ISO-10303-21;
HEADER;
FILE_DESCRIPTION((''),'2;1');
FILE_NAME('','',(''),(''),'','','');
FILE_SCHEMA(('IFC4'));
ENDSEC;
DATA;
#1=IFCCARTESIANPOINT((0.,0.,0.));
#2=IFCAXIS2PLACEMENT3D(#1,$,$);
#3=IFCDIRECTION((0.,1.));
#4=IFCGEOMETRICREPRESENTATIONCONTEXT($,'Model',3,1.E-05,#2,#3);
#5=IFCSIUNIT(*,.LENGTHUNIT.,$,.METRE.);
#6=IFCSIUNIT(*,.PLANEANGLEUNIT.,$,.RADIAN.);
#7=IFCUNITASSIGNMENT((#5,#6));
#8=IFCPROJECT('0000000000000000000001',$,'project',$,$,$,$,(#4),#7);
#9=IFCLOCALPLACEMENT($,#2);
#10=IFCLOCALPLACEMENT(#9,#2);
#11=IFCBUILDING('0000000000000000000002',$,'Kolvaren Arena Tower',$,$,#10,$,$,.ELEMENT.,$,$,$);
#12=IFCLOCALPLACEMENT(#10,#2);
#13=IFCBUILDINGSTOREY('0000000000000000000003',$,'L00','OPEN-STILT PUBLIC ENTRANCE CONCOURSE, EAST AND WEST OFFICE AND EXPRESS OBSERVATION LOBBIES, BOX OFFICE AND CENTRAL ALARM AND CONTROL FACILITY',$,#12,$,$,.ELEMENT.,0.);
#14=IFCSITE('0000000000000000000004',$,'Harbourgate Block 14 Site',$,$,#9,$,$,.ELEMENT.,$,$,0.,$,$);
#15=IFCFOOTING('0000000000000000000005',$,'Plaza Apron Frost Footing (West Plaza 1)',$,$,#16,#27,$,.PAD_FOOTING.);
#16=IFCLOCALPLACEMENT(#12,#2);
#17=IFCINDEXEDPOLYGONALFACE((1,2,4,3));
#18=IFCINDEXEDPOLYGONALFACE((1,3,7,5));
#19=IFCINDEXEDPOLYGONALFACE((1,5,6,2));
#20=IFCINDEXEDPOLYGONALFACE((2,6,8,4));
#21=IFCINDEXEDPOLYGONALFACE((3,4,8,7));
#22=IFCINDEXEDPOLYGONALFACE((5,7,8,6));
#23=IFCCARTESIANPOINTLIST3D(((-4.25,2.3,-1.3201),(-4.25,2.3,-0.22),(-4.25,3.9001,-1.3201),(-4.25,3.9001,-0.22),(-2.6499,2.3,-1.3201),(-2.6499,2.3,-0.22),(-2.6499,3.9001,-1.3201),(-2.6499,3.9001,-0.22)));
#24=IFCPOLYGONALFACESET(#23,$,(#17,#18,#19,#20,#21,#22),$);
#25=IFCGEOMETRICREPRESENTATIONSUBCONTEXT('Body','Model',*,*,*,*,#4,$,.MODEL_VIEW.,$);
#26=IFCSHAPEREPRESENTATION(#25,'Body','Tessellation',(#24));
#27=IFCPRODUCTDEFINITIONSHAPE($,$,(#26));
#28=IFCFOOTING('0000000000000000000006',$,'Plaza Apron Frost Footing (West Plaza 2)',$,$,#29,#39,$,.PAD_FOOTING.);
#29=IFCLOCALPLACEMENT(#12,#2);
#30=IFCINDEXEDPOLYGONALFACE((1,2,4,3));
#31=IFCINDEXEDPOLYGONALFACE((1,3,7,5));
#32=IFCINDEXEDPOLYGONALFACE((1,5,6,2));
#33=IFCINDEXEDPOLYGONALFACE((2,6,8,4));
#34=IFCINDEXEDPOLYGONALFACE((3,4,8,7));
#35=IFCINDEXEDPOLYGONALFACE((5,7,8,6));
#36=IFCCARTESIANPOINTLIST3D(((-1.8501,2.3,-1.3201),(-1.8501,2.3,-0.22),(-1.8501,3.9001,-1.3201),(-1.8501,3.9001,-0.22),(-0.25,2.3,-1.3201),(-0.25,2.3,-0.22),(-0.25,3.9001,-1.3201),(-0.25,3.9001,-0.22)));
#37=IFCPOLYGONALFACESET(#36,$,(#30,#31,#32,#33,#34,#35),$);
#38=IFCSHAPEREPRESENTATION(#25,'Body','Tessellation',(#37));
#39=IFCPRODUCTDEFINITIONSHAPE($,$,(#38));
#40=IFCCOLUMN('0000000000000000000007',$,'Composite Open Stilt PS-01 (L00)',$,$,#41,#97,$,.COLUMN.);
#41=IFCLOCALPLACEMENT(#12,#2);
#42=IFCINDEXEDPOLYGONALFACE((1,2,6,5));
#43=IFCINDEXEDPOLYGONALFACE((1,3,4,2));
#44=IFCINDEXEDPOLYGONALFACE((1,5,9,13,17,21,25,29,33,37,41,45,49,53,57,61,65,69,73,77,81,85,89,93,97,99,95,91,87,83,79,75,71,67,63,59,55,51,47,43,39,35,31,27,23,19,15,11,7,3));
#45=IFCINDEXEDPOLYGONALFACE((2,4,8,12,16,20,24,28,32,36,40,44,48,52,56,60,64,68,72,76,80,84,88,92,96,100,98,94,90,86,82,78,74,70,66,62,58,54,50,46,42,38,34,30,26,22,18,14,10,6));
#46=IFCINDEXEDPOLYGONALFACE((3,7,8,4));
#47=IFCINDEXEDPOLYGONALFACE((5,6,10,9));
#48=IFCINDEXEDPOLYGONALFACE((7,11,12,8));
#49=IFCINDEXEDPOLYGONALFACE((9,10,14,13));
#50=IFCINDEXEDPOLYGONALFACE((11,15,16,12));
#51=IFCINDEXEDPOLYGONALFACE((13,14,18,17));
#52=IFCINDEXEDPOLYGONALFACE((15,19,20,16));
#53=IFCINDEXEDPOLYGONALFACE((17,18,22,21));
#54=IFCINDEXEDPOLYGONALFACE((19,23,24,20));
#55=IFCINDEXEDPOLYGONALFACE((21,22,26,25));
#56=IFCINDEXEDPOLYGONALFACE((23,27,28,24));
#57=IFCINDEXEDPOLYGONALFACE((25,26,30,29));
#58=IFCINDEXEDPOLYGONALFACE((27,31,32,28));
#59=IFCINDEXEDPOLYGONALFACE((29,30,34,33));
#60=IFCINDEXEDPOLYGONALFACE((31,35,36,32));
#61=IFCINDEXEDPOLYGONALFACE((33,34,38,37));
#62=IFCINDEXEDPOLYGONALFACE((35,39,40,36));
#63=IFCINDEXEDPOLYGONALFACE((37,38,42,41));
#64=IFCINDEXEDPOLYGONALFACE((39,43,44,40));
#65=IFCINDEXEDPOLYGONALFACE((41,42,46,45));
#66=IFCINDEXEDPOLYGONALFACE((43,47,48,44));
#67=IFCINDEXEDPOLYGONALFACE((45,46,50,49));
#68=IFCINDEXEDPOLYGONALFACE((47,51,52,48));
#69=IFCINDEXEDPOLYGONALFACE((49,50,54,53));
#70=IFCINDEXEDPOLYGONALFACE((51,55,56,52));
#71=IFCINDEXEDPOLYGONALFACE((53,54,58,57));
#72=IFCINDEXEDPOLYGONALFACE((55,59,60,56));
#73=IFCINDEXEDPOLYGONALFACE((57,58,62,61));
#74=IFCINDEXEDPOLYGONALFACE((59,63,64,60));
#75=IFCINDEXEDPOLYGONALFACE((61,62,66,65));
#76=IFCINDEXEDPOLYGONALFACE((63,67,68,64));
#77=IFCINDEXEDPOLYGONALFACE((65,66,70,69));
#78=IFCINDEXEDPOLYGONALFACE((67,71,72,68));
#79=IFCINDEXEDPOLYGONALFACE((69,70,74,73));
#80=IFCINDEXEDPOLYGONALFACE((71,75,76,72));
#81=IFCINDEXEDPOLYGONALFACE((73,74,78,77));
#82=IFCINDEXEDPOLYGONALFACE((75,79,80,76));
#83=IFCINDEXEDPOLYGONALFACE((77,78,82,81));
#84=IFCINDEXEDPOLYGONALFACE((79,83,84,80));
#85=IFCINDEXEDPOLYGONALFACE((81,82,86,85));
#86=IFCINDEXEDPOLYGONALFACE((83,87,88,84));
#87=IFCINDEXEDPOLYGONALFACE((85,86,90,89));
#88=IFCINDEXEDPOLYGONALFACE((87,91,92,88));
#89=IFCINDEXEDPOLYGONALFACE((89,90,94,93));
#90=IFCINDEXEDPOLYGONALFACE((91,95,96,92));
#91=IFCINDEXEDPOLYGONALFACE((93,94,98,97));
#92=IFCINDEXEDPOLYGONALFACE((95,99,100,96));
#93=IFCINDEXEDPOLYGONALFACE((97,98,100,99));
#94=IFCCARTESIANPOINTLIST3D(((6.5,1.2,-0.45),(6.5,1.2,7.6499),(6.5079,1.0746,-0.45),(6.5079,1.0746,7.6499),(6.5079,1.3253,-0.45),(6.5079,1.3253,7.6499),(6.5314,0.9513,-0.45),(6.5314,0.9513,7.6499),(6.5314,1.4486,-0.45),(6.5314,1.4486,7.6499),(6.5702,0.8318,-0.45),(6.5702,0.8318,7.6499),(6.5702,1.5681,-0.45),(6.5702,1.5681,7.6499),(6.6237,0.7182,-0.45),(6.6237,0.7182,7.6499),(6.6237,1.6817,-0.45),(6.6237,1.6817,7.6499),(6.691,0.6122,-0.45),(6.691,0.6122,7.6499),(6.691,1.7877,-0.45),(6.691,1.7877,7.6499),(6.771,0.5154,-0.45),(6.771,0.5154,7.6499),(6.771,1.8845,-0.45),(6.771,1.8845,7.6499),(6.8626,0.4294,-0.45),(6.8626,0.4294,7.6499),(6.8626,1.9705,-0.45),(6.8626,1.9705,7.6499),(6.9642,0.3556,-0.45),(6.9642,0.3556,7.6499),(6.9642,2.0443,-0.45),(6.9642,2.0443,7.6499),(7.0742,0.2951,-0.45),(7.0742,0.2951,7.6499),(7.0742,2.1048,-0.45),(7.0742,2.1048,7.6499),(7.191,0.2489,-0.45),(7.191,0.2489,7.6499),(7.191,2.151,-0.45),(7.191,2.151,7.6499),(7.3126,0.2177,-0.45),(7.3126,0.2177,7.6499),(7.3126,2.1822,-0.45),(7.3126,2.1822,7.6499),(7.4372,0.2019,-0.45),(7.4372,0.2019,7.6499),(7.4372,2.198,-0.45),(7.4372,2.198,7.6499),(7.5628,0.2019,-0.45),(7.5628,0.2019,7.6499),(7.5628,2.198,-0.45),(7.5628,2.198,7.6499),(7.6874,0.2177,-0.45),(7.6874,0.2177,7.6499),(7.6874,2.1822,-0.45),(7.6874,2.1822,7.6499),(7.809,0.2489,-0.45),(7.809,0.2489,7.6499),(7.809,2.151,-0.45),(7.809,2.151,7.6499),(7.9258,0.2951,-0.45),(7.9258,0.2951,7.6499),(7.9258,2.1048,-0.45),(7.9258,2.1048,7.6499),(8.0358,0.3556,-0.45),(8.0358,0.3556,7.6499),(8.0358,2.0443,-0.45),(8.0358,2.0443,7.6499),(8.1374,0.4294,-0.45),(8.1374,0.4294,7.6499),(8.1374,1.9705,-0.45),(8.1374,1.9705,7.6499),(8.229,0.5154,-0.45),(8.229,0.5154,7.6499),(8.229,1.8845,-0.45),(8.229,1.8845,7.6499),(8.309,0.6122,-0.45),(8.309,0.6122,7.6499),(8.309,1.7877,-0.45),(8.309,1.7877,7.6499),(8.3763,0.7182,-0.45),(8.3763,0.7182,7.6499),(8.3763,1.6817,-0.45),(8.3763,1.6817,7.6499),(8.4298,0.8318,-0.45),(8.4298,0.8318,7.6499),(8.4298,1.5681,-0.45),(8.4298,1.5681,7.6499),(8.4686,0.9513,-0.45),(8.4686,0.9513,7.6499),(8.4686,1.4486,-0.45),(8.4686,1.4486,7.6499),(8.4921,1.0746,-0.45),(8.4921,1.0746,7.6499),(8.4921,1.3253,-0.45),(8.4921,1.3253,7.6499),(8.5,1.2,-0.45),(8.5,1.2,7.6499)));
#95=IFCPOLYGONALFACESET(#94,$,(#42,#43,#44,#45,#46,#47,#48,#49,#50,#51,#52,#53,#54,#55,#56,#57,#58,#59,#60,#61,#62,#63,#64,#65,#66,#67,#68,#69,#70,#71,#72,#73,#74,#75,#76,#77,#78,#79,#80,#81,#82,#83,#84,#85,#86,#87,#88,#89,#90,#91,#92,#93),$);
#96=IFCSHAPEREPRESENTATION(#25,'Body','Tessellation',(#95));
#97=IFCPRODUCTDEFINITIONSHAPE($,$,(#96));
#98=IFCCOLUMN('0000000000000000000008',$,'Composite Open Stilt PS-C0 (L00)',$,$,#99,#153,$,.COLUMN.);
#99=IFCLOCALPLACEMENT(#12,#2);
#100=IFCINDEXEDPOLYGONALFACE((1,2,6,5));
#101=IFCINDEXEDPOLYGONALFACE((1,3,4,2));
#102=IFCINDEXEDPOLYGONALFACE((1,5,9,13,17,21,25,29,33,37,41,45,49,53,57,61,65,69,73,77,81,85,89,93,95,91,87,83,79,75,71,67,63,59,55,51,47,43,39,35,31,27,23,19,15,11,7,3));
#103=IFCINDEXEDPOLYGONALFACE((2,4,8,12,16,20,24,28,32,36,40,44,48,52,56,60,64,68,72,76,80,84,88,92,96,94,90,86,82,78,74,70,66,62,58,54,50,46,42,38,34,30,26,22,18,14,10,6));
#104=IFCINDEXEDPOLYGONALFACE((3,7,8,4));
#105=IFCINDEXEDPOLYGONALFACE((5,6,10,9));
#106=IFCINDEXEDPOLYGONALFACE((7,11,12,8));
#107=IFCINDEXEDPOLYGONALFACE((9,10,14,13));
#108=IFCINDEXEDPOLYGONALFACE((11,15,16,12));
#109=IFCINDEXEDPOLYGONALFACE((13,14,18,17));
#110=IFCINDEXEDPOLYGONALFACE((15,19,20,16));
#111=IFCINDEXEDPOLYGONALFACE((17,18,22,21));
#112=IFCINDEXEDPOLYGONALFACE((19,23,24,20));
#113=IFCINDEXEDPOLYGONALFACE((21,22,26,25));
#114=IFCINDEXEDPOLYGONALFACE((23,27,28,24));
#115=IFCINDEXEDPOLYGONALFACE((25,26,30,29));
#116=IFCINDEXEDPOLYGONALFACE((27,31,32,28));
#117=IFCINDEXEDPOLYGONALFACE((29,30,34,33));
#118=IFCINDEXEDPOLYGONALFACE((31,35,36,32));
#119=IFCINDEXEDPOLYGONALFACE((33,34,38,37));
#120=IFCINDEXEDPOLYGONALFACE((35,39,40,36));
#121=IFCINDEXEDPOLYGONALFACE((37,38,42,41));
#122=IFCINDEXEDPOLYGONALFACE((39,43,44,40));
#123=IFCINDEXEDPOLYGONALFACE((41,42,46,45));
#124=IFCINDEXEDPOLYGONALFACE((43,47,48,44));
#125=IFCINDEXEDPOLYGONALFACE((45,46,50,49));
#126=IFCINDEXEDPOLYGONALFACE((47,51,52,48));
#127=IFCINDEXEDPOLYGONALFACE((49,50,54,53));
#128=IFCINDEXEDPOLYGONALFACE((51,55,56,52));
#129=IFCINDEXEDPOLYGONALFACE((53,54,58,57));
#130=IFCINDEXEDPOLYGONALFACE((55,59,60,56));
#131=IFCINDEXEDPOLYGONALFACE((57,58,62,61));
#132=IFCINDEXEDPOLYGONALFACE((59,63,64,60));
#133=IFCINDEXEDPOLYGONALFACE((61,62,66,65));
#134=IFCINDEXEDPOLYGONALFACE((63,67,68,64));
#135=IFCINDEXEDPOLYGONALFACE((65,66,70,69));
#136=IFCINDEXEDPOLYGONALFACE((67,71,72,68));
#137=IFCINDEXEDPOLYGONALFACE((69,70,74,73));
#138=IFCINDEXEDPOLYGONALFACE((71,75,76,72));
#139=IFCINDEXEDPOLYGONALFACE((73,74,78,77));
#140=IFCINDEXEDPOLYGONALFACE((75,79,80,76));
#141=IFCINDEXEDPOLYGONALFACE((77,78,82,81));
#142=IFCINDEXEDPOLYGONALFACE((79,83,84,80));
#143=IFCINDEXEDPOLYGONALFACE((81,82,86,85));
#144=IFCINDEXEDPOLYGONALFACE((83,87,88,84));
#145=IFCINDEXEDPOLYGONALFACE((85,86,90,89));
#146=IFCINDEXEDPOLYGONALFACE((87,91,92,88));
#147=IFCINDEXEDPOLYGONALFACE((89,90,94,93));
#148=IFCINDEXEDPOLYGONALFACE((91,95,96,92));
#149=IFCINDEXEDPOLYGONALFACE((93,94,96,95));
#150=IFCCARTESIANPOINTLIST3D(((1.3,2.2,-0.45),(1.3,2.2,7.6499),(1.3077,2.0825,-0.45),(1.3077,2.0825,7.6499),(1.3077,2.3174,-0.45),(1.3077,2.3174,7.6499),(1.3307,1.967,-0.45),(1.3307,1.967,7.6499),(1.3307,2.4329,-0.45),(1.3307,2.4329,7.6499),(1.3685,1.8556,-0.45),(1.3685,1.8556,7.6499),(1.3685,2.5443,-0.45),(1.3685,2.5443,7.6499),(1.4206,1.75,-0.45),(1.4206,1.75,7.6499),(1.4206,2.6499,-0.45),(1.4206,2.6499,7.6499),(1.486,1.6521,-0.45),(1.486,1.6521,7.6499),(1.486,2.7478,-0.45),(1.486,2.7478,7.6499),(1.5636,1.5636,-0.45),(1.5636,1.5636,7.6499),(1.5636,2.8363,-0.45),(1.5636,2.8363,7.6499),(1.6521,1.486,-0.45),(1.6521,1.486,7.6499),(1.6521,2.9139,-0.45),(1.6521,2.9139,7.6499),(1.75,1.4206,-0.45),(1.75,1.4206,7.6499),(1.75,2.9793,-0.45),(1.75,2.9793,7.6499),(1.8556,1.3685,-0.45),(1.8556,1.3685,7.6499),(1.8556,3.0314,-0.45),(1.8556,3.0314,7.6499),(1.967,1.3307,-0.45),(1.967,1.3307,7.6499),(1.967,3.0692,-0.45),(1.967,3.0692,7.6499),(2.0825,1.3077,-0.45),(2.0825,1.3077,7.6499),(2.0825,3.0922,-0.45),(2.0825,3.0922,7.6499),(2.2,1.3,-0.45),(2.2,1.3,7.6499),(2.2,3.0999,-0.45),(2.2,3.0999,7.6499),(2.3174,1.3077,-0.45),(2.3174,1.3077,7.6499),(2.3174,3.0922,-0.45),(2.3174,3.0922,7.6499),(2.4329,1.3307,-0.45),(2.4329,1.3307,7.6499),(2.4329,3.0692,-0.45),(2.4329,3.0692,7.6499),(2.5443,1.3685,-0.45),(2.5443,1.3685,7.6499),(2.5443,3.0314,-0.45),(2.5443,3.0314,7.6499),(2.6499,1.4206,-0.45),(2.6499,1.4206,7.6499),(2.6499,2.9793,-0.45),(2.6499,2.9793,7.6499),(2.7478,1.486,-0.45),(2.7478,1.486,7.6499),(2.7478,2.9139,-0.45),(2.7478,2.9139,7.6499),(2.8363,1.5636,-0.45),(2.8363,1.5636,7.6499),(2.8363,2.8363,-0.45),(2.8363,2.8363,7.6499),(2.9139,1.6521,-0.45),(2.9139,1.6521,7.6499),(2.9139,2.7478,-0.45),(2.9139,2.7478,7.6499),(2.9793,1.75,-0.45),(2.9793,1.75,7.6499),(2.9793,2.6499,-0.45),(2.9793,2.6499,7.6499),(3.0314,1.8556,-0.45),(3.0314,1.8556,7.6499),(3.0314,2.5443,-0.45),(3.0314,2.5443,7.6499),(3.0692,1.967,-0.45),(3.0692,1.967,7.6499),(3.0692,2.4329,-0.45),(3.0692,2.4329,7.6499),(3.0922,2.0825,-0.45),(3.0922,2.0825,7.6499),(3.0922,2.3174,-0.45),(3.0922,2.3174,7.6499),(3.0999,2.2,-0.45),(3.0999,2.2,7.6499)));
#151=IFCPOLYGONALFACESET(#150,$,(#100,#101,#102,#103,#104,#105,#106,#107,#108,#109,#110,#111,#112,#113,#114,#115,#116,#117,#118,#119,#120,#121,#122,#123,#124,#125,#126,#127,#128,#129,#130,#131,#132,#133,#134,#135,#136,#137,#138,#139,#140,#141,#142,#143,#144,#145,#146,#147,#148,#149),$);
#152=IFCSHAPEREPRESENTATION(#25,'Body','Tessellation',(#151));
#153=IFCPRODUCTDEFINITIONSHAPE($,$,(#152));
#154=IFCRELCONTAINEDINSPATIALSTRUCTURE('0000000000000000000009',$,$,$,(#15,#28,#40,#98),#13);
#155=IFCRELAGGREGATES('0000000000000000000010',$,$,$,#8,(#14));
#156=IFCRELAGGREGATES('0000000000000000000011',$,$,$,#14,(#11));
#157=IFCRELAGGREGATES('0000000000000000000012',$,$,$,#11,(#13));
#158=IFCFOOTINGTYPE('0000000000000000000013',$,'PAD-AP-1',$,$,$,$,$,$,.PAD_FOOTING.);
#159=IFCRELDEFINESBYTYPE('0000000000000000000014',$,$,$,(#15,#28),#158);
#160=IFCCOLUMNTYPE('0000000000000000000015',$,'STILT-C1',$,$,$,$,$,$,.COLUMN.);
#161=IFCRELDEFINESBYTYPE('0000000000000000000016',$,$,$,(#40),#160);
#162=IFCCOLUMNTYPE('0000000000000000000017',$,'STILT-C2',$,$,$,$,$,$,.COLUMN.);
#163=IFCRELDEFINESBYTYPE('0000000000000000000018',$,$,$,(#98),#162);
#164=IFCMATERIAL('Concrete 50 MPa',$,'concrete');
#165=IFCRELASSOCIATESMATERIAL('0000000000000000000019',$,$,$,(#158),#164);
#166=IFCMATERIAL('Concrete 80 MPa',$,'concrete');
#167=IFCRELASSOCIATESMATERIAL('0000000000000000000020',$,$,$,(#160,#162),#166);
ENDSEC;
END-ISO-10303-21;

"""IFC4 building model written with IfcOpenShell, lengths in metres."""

from ifc_helpers import new_model, si_unit, direction, frame, origin, origin_2d, place, context, subcontext, project, spatial, rectangle, circle, extrude, material, material_profile, profile_set, type_object, element, save


model = new_model("IFC4")

# Units and contexts
model_context = context("Model", 3, precision=1e-05, world=origin(), true_north=direction((0.0, 1.0)))
body_context = subcontext(model_context, "Body", "Model", "MODEL_VIEW")
ifc_project = project(units=[si_unit("LENGTHUNIT", "METRE"), si_unit("PLANEANGLEUNIT", "RADIAN")], contexts=[model_context])

# Site, building, storey
site_placement = place(None, origin())
site = spatial("IfcSite", under=ifc_project, at=site_placement, Name="Harbourgate Block 14 Site", CompositionType="ELEMENT", RefElevation=0.0)
building_placement = place(site_placement, origin())
building = spatial("IfcBuilding", under=site, at=building_placement, Name="Kolvaren Arena Tower", CompositionType="ELEMENT")
storey_placement = place(building_placement, origin())
storey = spatial("IfcBuildingStorey", under=building, at=storey_placement, Name="L00", Description="OPEN-STILT PUBLIC ENTRANCE CONCOURSE, EAST AND WEST OFFICE AND EXPRESS OBSERVATION LOBBIES, BOX OFFICE AND CENTRAL ALARM AND CONTROL FACILITY", CompositionType="ELEMENT", Elevation=0.0)

# Footings
ifc_material_1 = material(Name="Concrete 50 MPa", Category="concrete")
footing_type = type_object("IfcFootingType", Name="PAD-AP-1", PredefinedType="PAD_FOOTING", material=ifc_material_1)
for number, where, z_axis, x_axis, name in (
    (1, (-3.45, 3.1001, -1.3201), (0.0, 0.0, 1.0), (1.0, 0.0, 0.0), "Plaza Apron Frost Footing (West Plaza 1)"),
    (2, (-1.05, 3.1001, -1.3201), (0.0, 0.0, 1.0), (1.0, 0.0, 0.0), "Plaza Apron Frost Footing (West Plaza 2)"),
):
    element("IfcFooting", number, at=place(storey_placement, frame(where, z_axis=z_axis, x_axis=x_axis)), inside=storey, type_object=footing_type, Name=name, PredefinedType="PAD_FOOTING", context=body_context, shape_type="SweptSolid", body=[
        extrude(rectangle(XDim=1.6001, YDim=1.6001, at=origin_2d()), origin(), (0.0, 0.0, 1.0), 1.1001),
    ])

# Columns
ifc_material_2 = material(Name="Concrete 80 MPa", Category="concrete")
ifc_material_profile_1 = material_profile(ifc_material_2, circle(Radius=1.0, at=origin_2d()), Name="RC-CIRC-2000")
ifc_profile_set_1 = profile_set([ifc_material_profile_1], Name="Concrete 80 MPa")
column_type_1 = type_object("IfcColumnType", Name="STILT-C1", PredefinedType="COLUMN", material=ifc_profile_set_1)
column_1_placement = place(storey_placement, frame((7.5, 1.2, -0.45), z_axis=(0.0, 0.0, 1.0), x_axis=(1.0, 0.0, 0.0)))
element("IfcColumn", 3, at=column_1_placement, inside=storey, type_object=column_type_1, Name="Composite Open Stilt PS-01 (L00)", PredefinedType="COLUMN", context=body_context, shape_type="SweptSolid", body=[
    extrude(circle(Radius=1.0, at=origin_2d()), origin(), (0.0, 0.0, 1.0), 8.0999),
])
ifc_material_profile_2 = material_profile(ifc_material_2, circle(Radius=0.8999, at=origin_2d()), Name="RC-CIRC-1800")
ifc_profile_set_2 = profile_set([ifc_material_profile_2], Name="Concrete 80 MPa")
column_type_2 = type_object("IfcColumnType", Name="STILT-C2", PredefinedType="COLUMN", material=ifc_profile_set_2)
column_2_placement = place(storey_placement, frame((2.2, 2.2, -0.45), z_axis=(0.0, 0.0, 1.0), x_axis=(1.0, 0.0, 0.0)))
element("IfcColumn", 4, at=column_2_placement, inside=storey, type_object=column_type_2, Name="Composite Open Stilt PS-C0 (L00)", PredefinedType="COLUMN", context=body_context, shape_type="SweptSolid", body=[
    extrude(circle(Radius=0.8999, at=origin_2d()), origin(), (0.0, 0.0, 1.0), 8.0999),
])

save(model, "model.ifc")
